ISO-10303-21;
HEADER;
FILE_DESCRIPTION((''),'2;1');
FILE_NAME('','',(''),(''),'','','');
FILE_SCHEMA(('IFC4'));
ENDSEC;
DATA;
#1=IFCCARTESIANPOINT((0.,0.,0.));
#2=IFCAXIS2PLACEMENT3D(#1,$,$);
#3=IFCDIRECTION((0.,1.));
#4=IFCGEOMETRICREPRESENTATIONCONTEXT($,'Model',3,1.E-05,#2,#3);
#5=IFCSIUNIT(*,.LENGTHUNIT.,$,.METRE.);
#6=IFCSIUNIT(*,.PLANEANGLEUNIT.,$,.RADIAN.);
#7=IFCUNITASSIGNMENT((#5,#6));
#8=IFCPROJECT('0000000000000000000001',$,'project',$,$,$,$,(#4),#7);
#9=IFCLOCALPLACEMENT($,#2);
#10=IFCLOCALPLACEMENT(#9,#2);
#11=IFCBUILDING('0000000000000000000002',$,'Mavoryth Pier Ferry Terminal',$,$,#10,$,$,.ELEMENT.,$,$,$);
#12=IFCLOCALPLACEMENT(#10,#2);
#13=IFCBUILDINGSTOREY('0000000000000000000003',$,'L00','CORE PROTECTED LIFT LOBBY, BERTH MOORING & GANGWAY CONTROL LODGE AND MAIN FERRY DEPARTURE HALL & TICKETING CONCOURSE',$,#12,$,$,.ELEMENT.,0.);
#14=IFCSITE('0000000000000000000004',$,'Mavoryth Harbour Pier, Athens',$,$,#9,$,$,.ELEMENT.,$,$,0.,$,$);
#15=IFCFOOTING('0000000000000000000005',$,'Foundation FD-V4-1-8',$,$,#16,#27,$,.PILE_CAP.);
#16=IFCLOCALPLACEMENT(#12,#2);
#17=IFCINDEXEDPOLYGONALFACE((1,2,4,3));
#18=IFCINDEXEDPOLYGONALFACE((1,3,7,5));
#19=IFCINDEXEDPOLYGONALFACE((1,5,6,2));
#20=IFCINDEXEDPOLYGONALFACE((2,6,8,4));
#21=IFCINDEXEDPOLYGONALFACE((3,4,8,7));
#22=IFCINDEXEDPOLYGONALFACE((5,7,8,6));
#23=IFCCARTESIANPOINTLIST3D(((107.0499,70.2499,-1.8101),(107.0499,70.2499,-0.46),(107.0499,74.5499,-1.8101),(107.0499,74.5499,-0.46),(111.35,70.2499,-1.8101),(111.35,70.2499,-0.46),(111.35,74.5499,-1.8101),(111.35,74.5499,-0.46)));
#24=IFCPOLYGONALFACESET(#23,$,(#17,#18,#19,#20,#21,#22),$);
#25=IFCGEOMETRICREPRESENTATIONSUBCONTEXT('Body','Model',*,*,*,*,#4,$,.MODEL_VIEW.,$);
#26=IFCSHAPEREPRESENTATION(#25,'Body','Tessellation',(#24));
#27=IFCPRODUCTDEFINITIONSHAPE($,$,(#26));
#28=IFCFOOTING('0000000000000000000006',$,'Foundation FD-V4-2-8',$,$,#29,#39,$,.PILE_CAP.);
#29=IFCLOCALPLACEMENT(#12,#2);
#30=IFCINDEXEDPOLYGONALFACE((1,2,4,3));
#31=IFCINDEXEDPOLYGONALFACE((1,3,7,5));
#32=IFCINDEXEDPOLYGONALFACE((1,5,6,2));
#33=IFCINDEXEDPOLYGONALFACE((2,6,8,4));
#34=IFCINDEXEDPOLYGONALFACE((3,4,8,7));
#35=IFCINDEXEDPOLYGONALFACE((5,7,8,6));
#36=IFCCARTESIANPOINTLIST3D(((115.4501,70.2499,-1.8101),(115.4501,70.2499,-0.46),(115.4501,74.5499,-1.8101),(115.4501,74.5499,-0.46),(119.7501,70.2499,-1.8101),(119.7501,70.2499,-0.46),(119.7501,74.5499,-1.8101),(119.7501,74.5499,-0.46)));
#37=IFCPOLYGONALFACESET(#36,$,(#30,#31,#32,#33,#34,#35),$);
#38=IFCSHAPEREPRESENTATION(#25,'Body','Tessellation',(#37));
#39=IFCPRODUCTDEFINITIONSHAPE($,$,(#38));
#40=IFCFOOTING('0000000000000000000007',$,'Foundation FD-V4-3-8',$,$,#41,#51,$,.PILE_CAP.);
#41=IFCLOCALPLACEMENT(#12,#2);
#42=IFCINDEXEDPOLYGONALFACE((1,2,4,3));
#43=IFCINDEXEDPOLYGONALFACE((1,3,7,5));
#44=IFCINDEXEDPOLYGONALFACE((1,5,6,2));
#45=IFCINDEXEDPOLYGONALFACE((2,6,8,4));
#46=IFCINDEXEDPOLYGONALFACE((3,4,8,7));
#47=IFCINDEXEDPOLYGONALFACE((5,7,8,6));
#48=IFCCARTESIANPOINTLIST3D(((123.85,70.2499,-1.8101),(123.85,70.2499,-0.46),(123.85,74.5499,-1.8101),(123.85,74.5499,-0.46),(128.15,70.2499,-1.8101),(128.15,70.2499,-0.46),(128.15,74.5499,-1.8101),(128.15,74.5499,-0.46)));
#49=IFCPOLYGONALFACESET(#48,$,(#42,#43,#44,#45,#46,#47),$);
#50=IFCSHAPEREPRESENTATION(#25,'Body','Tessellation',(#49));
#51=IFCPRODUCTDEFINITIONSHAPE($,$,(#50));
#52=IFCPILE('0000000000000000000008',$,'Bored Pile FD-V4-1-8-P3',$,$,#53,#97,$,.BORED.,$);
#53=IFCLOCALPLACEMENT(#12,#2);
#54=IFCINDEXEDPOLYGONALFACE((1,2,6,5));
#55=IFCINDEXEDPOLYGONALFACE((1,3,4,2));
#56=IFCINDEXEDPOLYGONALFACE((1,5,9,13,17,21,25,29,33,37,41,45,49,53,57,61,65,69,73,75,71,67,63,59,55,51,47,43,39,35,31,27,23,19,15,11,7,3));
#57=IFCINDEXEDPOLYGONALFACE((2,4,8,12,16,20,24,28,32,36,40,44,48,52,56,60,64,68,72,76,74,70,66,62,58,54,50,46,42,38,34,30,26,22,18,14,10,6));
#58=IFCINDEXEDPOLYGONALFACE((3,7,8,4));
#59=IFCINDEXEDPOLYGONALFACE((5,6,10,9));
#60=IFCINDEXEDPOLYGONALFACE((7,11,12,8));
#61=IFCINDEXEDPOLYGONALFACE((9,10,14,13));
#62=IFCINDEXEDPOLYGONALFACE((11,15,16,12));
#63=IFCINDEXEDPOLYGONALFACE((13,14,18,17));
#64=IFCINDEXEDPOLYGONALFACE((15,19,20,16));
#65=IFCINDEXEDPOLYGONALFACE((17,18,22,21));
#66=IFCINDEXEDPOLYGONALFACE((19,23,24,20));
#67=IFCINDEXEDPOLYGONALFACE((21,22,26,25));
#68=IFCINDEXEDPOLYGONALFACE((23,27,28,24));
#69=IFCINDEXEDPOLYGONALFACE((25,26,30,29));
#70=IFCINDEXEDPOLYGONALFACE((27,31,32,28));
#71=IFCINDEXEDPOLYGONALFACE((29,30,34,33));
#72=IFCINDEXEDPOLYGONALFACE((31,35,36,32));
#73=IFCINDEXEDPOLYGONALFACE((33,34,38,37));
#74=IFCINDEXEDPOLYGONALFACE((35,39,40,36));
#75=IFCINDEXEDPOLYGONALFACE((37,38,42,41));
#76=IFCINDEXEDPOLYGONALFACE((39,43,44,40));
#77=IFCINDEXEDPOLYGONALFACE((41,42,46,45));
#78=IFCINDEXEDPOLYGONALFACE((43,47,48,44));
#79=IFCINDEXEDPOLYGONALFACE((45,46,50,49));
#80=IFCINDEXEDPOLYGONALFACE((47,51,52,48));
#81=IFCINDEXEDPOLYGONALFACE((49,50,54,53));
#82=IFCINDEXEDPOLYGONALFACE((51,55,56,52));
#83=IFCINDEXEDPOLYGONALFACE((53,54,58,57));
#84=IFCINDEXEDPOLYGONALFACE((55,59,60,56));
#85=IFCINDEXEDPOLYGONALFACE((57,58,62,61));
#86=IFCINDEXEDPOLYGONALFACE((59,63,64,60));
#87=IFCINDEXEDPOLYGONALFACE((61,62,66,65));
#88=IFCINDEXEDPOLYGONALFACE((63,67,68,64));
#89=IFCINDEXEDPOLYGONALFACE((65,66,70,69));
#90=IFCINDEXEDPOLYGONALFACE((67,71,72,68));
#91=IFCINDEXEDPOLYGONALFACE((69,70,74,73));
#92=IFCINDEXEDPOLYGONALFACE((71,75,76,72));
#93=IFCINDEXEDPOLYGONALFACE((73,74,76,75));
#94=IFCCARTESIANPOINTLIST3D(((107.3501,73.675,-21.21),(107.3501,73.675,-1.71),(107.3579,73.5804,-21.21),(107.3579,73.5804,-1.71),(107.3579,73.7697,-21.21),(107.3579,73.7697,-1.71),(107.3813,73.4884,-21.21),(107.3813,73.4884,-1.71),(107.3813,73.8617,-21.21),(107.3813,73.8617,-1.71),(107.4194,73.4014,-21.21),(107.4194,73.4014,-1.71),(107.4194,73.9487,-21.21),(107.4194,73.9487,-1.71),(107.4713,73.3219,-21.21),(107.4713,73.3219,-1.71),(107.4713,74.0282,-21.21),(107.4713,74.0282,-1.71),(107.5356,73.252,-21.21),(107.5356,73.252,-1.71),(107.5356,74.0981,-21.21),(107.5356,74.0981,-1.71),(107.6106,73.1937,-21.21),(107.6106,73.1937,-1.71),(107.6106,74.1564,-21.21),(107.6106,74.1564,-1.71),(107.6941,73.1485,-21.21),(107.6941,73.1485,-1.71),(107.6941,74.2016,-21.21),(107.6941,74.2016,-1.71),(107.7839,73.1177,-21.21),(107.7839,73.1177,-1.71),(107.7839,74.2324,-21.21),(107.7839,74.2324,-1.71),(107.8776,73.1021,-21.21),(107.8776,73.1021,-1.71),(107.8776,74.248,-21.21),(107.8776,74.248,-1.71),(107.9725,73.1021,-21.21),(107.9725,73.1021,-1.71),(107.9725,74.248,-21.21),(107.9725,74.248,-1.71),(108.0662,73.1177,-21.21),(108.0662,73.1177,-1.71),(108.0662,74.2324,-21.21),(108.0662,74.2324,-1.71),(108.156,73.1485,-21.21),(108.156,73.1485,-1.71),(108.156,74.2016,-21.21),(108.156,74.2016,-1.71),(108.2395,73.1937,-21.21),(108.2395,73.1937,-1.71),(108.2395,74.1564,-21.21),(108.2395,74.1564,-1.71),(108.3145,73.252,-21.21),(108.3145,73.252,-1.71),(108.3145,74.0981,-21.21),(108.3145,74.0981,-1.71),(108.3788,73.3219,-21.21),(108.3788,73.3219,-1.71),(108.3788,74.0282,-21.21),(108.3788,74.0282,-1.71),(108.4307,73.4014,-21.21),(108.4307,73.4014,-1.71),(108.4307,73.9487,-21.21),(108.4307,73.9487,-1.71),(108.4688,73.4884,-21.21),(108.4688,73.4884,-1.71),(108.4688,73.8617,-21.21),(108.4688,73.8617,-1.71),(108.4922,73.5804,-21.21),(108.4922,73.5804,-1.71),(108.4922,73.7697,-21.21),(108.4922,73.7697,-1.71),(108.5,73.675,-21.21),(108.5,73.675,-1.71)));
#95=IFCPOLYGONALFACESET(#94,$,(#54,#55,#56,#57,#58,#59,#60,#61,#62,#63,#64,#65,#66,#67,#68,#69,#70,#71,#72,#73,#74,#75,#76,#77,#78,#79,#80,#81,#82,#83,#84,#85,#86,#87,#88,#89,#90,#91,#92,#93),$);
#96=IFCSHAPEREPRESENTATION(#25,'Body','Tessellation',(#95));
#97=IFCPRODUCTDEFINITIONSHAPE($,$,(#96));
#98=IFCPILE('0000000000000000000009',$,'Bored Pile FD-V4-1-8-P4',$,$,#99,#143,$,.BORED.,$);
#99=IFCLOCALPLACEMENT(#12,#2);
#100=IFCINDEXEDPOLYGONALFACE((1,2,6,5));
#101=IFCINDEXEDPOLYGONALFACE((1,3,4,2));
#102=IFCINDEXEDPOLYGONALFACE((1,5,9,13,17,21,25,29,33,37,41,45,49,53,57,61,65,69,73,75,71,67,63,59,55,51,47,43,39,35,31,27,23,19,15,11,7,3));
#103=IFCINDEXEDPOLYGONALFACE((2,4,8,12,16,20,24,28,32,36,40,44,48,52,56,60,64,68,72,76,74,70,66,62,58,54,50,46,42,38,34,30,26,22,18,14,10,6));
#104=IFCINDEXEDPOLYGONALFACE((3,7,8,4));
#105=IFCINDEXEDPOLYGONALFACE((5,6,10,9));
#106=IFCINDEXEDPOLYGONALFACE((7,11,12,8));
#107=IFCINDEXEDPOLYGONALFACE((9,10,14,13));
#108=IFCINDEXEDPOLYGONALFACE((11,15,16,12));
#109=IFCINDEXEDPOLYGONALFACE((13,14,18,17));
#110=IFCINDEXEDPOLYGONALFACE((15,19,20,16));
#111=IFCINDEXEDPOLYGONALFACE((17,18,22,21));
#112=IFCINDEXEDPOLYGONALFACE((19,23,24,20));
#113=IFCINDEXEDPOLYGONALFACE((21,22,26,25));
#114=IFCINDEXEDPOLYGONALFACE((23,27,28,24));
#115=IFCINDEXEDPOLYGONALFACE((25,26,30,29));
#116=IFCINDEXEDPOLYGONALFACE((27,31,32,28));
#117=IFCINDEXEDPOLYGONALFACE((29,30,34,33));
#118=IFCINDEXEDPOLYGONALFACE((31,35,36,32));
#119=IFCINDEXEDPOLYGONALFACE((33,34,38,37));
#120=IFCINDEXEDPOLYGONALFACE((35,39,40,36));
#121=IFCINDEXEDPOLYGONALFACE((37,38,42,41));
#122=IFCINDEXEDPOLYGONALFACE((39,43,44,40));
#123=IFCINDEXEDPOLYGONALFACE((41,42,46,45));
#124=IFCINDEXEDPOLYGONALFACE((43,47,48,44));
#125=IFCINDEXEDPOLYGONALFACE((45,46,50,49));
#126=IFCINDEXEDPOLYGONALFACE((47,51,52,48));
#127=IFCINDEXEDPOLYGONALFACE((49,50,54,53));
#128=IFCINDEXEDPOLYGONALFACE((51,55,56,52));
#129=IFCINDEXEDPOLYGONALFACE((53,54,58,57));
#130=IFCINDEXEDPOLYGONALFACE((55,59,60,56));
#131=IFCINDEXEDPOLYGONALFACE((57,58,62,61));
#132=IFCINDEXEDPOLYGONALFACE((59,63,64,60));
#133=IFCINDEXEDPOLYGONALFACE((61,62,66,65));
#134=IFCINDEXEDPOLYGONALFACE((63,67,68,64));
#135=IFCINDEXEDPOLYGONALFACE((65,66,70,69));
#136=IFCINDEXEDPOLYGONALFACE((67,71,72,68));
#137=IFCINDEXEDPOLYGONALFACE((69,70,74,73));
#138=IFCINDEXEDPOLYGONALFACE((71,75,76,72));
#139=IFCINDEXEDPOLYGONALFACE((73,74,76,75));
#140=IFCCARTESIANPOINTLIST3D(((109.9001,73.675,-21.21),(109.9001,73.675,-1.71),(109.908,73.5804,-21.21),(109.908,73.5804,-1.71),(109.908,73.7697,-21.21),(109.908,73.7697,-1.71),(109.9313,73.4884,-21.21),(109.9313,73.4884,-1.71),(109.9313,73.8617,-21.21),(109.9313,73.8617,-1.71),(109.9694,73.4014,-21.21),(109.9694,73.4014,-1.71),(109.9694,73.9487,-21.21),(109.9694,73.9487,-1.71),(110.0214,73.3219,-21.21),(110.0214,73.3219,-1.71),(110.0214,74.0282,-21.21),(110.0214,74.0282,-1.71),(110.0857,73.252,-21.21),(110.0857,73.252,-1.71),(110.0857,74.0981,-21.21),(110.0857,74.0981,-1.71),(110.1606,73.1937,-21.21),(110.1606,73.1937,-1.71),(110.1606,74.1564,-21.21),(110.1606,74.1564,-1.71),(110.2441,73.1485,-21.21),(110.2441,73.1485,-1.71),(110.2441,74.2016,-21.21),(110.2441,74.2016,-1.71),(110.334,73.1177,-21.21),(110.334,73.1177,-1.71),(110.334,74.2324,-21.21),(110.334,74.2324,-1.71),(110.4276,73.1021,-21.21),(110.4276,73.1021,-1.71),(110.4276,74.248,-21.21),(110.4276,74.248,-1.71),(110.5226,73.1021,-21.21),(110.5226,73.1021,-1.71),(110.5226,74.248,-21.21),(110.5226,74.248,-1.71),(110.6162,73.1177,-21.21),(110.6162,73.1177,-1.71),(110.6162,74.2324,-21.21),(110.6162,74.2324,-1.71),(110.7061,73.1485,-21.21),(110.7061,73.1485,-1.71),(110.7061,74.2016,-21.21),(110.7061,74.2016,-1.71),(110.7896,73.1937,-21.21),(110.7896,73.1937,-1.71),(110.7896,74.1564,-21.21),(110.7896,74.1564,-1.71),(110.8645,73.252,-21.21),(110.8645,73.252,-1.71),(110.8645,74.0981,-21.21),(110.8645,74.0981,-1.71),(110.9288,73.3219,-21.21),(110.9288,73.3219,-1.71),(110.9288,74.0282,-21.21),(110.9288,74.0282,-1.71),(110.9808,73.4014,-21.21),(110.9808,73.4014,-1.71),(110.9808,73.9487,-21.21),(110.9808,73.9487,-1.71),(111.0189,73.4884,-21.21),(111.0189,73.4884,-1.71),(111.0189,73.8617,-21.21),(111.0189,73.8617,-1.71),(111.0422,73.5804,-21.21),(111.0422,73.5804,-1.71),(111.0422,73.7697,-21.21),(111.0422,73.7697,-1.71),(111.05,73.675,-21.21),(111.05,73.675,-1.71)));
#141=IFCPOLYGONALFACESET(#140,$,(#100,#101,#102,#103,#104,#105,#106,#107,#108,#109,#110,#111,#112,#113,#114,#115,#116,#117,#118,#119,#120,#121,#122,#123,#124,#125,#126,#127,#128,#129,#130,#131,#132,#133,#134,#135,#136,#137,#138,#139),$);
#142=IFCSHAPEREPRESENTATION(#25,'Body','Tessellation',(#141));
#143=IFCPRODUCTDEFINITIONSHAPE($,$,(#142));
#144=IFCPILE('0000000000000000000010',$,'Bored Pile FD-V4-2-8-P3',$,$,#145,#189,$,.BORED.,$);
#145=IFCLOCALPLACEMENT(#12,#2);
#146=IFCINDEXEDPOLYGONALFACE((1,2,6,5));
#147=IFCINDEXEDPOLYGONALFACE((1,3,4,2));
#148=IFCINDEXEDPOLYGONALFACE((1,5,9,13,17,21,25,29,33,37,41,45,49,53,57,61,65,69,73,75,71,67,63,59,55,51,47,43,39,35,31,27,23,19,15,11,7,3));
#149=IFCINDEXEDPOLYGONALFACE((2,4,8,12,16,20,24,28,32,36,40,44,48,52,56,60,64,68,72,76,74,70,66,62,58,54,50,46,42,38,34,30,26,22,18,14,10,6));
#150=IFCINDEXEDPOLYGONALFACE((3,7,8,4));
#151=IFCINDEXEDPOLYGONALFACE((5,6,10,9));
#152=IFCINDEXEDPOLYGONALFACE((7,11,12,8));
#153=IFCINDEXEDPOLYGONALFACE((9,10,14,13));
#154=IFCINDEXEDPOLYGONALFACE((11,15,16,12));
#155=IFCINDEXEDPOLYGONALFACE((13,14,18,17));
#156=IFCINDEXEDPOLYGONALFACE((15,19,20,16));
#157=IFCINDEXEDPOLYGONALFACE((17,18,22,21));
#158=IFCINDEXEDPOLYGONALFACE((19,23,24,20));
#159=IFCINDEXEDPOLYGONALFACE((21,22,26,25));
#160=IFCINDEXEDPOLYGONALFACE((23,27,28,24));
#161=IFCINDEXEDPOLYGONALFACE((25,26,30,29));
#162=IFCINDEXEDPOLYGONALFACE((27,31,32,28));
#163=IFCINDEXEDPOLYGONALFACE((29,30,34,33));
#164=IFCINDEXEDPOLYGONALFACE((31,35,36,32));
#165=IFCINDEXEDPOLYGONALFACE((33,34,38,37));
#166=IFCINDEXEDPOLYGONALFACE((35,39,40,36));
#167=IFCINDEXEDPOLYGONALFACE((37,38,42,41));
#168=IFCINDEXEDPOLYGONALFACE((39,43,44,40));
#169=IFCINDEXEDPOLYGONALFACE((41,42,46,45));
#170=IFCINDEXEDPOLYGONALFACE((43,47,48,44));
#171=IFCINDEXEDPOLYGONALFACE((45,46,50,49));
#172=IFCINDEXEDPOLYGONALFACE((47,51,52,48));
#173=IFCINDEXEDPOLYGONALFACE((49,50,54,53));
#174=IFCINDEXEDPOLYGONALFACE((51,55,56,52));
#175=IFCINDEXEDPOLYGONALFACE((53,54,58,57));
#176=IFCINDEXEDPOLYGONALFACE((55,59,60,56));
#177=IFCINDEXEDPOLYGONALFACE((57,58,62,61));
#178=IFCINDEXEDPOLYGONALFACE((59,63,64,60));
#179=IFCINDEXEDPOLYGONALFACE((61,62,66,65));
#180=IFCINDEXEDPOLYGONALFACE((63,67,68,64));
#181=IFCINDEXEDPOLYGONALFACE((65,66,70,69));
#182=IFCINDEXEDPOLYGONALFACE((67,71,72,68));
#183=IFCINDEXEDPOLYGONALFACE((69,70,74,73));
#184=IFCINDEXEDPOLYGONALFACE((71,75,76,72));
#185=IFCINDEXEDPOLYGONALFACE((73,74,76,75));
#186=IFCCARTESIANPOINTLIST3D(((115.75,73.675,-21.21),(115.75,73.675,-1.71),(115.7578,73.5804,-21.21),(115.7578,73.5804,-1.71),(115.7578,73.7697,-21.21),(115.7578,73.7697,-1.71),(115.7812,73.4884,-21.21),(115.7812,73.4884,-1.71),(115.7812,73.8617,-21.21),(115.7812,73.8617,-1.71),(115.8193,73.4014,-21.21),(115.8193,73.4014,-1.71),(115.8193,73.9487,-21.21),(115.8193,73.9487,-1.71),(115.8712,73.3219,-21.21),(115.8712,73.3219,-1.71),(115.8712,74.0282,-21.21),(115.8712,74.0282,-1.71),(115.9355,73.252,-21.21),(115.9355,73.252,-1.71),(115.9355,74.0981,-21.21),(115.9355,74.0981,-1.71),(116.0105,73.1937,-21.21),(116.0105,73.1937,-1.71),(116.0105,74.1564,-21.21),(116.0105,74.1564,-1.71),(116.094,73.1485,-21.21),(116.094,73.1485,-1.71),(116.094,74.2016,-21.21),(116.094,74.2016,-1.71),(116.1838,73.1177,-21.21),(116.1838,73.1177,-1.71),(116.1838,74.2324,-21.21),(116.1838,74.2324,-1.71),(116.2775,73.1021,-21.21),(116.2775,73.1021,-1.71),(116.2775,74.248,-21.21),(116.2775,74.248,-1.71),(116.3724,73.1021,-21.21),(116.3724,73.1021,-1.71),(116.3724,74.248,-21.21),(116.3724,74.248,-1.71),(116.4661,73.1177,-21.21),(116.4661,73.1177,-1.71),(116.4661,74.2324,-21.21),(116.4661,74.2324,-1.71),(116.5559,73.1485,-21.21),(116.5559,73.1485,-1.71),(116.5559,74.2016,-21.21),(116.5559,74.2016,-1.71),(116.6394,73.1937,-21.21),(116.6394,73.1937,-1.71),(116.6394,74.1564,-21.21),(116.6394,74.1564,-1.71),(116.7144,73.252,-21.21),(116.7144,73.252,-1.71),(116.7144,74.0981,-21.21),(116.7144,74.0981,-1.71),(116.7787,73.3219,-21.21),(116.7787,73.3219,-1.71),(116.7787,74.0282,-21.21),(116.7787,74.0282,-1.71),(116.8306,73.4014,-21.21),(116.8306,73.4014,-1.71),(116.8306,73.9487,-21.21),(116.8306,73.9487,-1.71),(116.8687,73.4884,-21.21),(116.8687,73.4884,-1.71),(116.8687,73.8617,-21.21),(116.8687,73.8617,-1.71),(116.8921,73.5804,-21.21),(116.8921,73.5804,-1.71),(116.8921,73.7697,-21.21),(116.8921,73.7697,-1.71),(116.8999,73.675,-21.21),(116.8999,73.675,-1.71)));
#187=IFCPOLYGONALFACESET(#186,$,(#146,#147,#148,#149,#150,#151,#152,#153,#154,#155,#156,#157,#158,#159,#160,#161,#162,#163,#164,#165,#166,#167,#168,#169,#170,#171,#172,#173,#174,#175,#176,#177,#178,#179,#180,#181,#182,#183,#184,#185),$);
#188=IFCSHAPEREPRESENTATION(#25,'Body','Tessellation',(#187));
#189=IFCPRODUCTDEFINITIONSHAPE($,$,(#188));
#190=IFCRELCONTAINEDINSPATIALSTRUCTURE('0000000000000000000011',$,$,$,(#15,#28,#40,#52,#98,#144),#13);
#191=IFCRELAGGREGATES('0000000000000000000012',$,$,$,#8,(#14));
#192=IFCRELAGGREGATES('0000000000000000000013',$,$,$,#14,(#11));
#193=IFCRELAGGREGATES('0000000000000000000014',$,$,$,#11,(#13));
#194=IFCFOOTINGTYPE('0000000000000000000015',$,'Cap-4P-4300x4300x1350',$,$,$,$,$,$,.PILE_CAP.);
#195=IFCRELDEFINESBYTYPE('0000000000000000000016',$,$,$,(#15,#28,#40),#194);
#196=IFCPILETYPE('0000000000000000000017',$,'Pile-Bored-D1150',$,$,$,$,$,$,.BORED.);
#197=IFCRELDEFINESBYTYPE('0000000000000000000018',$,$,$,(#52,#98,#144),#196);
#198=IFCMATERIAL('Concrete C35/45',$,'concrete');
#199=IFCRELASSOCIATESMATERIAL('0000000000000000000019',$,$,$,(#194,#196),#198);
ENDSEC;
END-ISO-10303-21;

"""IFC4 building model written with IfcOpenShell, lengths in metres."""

from ifc_helpers import new_model, si_unit, direction, frame, origin, origin_2d, place, context, subcontext, project, spatial, rectangle, circle, extrude, material, material_profile, profile_set, type_object, element, save


model = new_model("IFC4")

# Units and contexts
model_context = context("Model", 3, precision=1e-05, world=origin(), true_north=direction((0.0, 1.0)))
body_context = subcontext(model_context, "Body", "Model", "MODEL_VIEW")
ifc_project = project(units=[si_unit("LENGTHUNIT", "METRE"), si_unit("PLANEANGLEUNIT", "RADIAN")], contexts=[model_context])

# Site, building, storey
site_placement = place(None, origin())
site = spatial("IfcSite", under=ifc_project, at=site_placement, Name="Mavoryth Harbour Pier, Athens", CompositionType="ELEMENT", RefElevation=0.0)
building_placement = place(site_placement, origin())
building = spatial("IfcBuilding", under=site, at=building_placement, Name="Mavoryth Pier Ferry Terminal", CompositionType="ELEMENT")
storey_placement = place(building_placement, origin())
storey = spatial("IfcBuildingStorey", under=building, at=storey_placement, Name="L00", Description="CORE PROTECTED LIFT LOBBY, BERTH MOORING & GANGWAY CONTROL LODGE AND MAIN FERRY DEPARTURE HALL & TICKETING CONCOURSE", CompositionType="ELEMENT", Elevation=0.0)

# Footings
ifc_material_1 = material(Name="Concrete C35/45", Category="concrete")
footing_type_1 = type_object("IfcFootingType", Name="Cap-4P-4300x4300x1350", PredefinedType="PILE_CAP", material=ifc_material_1)
for number, where, z_axis, x_axis, name in (
    (1, (109.2, 72.3999, -1.8101), (0.0, 0.0, 1.0), (1.0, 0.0, 0.0), "Foundation FD-V4-1-8"),
    (2, (117.6001, 72.3999, -1.8101), (0.0, 0.0, 1.0), (1.0, 0.0, 0.0), "Foundation FD-V4-2-8"),
    (3, (126.0, 72.3999, -1.8101), (0.0, 0.0, 1.0), (1.0, 0.0, 0.0), "Foundation FD-V4-3-8"),
):
    element("IfcFooting", number, at=place(storey_placement, frame(where, z_axis=z_axis, x_axis=x_axis)), inside=storey, type_object=footing_type_1, Name=name, PredefinedType="PILE_CAP", context=body_context, shape_type="SweptSolid", body=[
        extrude(rectangle(XDim=4.3, YDim=4.3, at=origin_2d()), origin(), (0.0, 0.0, 1.0), 1.3501),
    ])

# Piles
ifc_material_profile_1 = material_profile(ifc_material_1, circle(Radius=0.575, at=origin_2d()), Name="PILE D1150", Category="concrete")
ifc_profile_set_1 = profile_set([ifc_material_profile_1], Name="Concrete C35/45 - PILE D1150")
pile_type_1 = type_object("IfcPileType", Name="Pile-Bored-D1150", PredefinedType="BORED", material=ifc_profile_set_1)
for number, where, z_axis, x_axis, name in (
    (4, (107.925, 73.675, -1.71), (0.0, 0.0, -1.0), (1.0, 0.0, 0.0), "Bored Pile FD-V4-1-8-P3"),
    (5, (110.4751, 73.675, -1.71), (0.0, 0.0, -1.0), (1.0, 0.0, 0.0), "Bored Pile FD-V4-1-8-P4"),
    (6, (116.325, 73.675, -1.71), (0.0, 0.0, -1.0), (1.0, 0.0, 0.0), "Bored Pile FD-V4-2-8-P3"),
):
    element("IfcPile", number, at=place(storey_placement, frame(where, z_axis=z_axis, x_axis=x_axis)), inside=storey, type_object=pile_type_1, Name=name, PredefinedType="BORED", context=body_context, shape_type="SweptSolid", body=[
        extrude(circle(Radius=0.575, at=origin_2d()), origin(), (0.0, 0.0, 1.0), 19.5),
    ])

save(model, "model.ifc")
